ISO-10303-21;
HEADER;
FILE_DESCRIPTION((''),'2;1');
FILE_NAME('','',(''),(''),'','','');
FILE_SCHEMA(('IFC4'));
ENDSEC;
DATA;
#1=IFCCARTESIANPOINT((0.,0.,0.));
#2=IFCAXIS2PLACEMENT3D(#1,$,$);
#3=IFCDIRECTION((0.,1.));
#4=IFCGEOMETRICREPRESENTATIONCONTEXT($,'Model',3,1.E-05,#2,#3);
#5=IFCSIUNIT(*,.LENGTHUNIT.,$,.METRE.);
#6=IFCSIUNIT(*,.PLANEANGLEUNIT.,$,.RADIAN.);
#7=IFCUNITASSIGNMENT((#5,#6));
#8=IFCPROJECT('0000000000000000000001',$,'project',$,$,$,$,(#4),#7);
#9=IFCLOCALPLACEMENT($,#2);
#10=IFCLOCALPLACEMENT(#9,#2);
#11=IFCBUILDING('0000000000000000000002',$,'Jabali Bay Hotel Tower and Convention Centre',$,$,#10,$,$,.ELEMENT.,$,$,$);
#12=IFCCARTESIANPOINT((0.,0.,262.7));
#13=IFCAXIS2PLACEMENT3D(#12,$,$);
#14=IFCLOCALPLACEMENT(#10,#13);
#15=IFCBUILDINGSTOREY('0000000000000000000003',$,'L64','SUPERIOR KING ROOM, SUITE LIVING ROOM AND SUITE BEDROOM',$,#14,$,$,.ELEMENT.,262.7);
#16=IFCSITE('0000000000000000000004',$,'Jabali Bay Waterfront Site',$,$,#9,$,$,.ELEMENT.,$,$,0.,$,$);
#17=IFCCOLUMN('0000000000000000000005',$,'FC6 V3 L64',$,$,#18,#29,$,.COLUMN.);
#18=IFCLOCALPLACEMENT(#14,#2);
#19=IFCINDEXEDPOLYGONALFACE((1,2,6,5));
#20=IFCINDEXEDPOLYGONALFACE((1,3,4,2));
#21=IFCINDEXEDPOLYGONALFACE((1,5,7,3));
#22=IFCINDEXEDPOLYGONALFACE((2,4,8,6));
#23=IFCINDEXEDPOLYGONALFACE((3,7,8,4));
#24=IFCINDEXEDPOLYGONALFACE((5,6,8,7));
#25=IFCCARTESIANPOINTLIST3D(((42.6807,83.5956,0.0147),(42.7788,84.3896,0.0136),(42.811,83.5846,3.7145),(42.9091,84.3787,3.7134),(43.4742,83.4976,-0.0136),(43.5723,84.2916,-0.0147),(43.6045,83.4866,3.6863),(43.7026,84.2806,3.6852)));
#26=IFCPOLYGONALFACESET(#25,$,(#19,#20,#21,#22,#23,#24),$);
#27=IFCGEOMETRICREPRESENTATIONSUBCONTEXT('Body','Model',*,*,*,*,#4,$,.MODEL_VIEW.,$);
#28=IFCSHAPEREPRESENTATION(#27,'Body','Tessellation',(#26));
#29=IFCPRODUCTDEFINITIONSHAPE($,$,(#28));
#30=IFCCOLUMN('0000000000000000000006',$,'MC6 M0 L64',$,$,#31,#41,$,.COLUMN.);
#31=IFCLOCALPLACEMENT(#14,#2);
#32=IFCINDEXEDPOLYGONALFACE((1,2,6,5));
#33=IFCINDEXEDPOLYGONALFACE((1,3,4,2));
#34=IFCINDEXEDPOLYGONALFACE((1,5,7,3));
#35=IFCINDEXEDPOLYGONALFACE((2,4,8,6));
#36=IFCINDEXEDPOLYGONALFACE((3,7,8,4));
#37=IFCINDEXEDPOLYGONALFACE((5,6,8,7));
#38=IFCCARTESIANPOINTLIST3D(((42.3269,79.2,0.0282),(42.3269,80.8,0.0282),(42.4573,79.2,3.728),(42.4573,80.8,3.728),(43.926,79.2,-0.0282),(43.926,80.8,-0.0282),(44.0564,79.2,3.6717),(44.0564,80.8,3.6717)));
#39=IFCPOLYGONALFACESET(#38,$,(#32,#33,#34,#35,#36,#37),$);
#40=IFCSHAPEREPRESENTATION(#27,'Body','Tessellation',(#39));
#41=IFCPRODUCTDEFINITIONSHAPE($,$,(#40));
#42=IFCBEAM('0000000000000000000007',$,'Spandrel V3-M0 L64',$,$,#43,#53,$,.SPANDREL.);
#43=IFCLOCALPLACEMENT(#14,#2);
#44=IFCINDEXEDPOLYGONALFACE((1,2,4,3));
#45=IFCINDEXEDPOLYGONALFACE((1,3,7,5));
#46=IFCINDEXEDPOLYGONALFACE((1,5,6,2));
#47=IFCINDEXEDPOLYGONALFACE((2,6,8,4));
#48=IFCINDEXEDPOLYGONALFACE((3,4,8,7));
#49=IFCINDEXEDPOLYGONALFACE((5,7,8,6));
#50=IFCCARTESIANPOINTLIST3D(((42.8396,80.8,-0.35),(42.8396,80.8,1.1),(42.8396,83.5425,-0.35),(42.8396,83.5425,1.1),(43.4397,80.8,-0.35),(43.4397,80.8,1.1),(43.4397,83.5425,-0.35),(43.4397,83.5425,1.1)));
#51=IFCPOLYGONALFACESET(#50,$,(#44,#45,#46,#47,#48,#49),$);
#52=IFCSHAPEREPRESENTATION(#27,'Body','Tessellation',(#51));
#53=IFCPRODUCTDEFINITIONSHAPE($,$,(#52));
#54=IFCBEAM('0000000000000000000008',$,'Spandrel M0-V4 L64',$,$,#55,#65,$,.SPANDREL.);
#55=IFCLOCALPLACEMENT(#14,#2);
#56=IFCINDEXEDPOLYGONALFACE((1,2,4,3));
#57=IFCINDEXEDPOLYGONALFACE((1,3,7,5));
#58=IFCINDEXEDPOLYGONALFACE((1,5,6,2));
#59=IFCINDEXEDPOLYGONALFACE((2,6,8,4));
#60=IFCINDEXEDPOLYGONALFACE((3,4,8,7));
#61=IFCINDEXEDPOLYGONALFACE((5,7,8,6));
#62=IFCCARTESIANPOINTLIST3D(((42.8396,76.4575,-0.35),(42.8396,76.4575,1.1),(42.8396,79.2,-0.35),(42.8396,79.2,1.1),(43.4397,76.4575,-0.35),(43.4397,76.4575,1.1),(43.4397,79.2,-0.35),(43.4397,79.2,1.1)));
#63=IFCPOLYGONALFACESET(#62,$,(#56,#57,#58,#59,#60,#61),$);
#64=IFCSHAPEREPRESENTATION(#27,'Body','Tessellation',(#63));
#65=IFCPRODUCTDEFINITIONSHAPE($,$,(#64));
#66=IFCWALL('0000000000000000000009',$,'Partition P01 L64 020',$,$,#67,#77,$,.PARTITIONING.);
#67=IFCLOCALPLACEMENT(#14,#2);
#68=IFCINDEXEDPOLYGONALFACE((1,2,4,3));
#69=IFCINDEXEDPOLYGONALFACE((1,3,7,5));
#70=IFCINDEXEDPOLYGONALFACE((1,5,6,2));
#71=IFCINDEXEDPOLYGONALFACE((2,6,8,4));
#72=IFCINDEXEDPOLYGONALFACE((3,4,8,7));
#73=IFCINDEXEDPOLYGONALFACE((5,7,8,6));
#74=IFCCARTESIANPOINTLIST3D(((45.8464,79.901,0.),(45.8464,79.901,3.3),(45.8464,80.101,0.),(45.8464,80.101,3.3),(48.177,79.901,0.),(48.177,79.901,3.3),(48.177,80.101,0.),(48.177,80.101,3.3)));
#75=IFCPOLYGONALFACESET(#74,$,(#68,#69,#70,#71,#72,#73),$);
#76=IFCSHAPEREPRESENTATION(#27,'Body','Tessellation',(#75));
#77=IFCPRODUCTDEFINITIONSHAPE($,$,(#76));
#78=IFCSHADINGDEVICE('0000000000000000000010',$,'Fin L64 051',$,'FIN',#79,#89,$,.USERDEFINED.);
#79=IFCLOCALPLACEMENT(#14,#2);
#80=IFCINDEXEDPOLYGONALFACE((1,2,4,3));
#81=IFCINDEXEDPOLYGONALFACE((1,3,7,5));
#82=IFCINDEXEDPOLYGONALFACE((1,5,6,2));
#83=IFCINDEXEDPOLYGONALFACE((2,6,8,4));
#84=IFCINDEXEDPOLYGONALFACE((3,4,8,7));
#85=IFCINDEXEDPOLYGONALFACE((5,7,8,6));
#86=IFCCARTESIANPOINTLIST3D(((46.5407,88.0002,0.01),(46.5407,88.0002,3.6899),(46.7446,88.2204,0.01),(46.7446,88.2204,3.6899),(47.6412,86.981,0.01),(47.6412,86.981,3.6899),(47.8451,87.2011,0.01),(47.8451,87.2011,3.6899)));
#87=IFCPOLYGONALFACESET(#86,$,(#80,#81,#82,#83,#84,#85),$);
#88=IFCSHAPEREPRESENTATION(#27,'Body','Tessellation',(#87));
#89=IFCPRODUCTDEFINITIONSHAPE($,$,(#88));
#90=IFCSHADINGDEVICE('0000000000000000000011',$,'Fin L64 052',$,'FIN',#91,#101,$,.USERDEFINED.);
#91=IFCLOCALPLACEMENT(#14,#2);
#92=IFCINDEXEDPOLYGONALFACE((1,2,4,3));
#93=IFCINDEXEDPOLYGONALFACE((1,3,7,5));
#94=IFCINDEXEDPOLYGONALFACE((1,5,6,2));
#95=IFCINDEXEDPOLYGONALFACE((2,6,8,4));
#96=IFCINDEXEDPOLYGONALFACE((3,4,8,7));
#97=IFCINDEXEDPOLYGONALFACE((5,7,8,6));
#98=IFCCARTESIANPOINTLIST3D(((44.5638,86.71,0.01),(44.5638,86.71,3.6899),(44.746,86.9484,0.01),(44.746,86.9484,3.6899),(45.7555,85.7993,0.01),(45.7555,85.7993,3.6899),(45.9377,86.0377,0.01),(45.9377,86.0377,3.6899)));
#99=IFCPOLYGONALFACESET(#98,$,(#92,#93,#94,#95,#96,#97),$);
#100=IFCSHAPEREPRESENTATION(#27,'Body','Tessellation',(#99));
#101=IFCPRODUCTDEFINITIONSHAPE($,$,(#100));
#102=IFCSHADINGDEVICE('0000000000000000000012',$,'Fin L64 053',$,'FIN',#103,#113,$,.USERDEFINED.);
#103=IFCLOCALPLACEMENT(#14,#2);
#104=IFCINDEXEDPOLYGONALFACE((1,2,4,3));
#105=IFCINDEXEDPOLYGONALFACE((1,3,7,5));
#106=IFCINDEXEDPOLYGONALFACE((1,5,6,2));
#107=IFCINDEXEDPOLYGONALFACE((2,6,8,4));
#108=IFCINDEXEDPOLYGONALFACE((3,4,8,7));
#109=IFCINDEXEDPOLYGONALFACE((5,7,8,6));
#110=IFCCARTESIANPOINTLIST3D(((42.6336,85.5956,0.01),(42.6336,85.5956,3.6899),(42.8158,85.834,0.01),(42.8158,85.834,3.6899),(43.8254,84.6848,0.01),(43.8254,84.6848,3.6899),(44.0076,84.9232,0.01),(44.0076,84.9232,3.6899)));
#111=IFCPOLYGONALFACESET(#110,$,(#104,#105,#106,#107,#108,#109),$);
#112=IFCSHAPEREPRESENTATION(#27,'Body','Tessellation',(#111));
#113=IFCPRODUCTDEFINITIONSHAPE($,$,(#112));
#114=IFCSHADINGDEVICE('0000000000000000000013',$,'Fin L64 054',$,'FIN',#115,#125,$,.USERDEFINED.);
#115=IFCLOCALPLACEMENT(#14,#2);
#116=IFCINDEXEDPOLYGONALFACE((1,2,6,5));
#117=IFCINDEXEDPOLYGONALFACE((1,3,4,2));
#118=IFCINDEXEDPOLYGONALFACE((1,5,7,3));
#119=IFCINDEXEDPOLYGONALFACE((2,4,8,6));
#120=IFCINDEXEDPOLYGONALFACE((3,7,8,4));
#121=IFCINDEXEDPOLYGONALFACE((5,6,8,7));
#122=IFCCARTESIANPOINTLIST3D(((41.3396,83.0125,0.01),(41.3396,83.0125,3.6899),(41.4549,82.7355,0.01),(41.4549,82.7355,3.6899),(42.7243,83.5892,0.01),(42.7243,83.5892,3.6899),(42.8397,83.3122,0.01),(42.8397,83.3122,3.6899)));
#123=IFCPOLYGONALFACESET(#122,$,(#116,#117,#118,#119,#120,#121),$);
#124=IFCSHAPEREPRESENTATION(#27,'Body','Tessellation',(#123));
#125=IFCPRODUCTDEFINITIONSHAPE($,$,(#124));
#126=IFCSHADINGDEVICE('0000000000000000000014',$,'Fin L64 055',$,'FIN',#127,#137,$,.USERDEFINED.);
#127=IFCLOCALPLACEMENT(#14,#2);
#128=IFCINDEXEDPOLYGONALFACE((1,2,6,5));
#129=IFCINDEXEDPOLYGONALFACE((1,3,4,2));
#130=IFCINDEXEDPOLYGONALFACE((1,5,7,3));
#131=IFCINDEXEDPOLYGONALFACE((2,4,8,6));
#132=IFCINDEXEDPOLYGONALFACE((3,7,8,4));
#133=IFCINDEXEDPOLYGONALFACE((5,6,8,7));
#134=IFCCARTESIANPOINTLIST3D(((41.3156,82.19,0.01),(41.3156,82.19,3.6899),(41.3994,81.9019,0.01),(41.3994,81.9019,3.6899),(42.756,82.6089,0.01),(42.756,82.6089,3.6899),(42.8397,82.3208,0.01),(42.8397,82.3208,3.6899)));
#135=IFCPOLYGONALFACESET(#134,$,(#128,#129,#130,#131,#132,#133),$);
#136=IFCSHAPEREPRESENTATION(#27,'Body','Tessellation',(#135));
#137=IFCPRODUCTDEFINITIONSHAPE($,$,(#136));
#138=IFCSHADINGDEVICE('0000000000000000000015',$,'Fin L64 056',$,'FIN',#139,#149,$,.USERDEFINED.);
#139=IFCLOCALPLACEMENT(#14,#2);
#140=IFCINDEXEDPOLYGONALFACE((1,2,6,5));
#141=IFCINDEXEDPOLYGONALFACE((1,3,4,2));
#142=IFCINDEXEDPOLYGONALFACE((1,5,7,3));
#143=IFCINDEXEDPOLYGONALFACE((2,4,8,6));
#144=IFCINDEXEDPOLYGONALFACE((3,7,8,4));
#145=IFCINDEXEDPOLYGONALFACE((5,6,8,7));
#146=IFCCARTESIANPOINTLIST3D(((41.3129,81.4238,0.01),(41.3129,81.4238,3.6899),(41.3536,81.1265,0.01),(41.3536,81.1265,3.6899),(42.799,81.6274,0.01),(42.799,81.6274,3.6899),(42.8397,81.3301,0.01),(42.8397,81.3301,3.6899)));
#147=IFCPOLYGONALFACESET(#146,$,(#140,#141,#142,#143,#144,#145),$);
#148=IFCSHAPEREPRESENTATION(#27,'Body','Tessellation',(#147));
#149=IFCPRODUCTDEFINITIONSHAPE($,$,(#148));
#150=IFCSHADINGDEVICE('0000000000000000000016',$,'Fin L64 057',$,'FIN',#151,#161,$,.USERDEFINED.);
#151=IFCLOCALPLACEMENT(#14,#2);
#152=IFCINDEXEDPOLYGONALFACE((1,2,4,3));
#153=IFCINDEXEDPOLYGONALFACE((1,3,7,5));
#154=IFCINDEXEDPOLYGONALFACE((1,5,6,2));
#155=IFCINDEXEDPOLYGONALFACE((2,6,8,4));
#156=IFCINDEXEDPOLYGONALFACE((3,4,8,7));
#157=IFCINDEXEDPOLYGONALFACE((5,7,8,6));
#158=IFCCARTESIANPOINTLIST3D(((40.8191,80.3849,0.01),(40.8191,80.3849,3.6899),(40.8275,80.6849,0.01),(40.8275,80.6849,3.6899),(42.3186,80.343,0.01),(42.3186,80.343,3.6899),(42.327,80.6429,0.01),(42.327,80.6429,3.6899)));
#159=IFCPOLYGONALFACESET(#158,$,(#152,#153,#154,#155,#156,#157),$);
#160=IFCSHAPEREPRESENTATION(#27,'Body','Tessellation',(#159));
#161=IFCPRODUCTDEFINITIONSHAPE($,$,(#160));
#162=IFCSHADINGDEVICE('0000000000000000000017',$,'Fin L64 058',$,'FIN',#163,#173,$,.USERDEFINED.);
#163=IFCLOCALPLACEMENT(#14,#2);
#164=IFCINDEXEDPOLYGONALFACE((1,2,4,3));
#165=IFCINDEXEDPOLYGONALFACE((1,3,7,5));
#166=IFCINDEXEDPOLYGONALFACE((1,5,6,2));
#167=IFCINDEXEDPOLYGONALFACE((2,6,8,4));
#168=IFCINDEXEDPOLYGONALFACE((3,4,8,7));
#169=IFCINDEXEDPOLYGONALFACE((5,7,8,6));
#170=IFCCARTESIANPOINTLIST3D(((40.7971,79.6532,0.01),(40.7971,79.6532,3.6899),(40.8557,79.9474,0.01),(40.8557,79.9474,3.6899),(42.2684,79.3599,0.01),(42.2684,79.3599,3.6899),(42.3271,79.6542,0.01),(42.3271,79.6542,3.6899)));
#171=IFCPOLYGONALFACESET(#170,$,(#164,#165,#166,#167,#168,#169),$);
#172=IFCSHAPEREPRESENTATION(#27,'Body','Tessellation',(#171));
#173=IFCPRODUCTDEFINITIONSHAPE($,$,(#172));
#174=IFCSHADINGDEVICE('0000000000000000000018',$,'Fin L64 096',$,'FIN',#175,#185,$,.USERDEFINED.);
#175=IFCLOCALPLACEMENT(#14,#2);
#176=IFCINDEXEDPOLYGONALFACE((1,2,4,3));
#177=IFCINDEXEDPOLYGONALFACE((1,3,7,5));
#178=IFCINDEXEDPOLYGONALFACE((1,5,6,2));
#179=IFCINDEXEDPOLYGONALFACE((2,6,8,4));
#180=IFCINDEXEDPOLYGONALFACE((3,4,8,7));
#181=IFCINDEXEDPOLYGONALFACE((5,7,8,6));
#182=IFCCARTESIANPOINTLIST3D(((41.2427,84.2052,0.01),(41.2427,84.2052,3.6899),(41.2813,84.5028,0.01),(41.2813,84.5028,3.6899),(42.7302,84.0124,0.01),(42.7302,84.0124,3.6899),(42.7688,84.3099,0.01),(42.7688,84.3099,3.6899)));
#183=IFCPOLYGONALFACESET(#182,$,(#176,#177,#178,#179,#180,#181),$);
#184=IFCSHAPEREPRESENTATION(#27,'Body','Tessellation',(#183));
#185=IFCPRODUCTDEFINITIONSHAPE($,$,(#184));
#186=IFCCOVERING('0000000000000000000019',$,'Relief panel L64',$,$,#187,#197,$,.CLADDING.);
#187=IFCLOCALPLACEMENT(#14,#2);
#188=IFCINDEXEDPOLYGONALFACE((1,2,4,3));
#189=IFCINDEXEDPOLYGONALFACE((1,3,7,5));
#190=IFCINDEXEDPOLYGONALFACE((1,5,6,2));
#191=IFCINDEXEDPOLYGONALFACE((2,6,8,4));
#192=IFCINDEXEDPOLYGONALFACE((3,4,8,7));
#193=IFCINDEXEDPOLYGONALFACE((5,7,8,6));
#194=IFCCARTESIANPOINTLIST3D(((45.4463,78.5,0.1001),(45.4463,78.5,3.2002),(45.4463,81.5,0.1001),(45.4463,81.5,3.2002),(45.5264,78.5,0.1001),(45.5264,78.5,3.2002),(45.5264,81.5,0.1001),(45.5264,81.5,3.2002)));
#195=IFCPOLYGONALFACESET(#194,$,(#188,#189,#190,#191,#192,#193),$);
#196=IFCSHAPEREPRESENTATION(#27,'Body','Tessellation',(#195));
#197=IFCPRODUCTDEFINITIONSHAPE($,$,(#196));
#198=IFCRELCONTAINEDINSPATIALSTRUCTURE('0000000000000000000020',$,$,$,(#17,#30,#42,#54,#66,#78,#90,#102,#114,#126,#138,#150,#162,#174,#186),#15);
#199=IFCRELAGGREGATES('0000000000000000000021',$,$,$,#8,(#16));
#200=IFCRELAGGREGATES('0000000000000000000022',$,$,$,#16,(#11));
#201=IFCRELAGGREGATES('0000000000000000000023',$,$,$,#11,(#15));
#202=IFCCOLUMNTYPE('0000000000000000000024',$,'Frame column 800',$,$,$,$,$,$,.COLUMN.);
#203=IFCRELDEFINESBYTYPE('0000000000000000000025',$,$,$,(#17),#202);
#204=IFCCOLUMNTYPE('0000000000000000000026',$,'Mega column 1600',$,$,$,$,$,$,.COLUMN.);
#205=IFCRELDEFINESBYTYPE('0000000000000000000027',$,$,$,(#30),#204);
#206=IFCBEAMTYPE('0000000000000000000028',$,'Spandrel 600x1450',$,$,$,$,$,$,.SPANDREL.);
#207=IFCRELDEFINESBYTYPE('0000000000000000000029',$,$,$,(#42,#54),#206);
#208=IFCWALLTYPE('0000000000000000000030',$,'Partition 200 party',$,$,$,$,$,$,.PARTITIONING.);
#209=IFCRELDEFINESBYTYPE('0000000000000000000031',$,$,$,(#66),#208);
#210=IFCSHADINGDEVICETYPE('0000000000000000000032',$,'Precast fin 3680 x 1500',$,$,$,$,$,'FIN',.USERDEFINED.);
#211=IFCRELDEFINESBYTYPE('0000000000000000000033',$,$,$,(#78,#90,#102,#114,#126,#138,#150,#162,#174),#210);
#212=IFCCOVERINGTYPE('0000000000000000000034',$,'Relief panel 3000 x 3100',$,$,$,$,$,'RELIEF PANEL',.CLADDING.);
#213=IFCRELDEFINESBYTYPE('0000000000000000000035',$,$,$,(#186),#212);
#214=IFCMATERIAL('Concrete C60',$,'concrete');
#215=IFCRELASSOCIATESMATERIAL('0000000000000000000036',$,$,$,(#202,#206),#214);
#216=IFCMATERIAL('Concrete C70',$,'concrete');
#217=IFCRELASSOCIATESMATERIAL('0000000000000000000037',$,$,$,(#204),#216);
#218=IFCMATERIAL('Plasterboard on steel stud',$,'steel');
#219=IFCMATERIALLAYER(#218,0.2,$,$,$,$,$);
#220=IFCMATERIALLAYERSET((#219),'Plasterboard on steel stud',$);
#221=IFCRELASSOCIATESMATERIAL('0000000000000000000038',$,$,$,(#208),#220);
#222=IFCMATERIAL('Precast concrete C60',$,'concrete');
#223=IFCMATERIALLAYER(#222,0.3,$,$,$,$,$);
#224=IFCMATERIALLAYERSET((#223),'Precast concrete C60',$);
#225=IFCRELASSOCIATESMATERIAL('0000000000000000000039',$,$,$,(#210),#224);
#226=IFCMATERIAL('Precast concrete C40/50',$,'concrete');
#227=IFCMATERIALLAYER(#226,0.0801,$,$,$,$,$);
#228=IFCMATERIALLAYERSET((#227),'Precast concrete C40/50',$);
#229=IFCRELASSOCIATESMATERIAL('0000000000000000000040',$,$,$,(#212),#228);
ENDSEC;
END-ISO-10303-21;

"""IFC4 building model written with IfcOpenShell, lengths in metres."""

from ifc_helpers import new_model, si_unit, direction, frame, frame_2d, origin, origin_2d, place, context, subcontext, project, spatial, rectangle, extrude, material, layer, layer_set, material_profile, profile_set, type_object, element, save


model = new_model("IFC4")

# Units and contexts
model_context = context("Model", 3, precision=1e-05, world=origin(), true_north=direction((0.0, 1.0)))
body_context = subcontext(model_context, "Body", "Model", "MODEL_VIEW")
ifc_project = project(units=[si_unit("LENGTHUNIT", "METRE"), si_unit("PLANEANGLEUNIT", "RADIAN")], contexts=[model_context])

# Site, building, storey
site_placement = place(None, origin())
site = spatial("IfcSite", under=ifc_project, at=site_placement, Name="Jabali Bay Waterfront Site", CompositionType="ELEMENT", RefElevation=0.0)
building_placement = place(site_placement, origin())
building = spatial("IfcBuilding", under=site, at=building_placement, Name="Jabali Bay Hotel Tower and Convention Centre", CompositionType="ELEMENT")
storey_placement = place(building_placement, frame((0.0, 0.0, 262.7)))
storey = spatial("IfcBuildingStorey", under=building, at=storey_placement, Name="L64", Description="SUPERIOR KING ROOM, SUITE LIVING ROOM AND SUITE BEDROOM", CompositionType="ELEMENT", Elevation=262.7)

# Columns
ifc_material_1 = material(Name="Concrete C60", Category="concrete")
ifc_material_profile_1 = material_profile(ifc_material_1, rectangle(XDim=0.8, YDim=0.8, at=origin_2d()), Name="Frame column 800")
ifc_profile_set_1 = profile_set([ifc_material_profile_1], Name="Concrete C60")
column_type_1 = type_object("IfcColumnType", Name="Frame column 800", PredefinedType="COLUMN", material=ifc_profile_set_1)
column_1_placement = place(storey_placement, frame((43.1265, 83.9436, 0.0), z_axis=(0.035214, -0.002967, 0.999375), x_axis=(-0.99183, 0.122582, 0.035312)))
element("IfcColumn", 1, at=column_1_placement, inside=storey, type_object=column_type_1, Name="FC6 V3 L64", PredefinedType="COLUMN", context=body_context, shape_type="SweptSolid", body=[
    extrude(rectangle(XDim=0.8, YDim=0.8, at=origin_2d()), origin(), (0.0, 0.0, 1.0), 3.7021),
])
ifc_material_2 = material(Name="Concrete C70", Category="concrete")
ifc_material_profile_2 = material_profile(ifc_material_2, rectangle(XDim=1.6001, YDim=1.6001, at=origin_2d()), Name="Mega column 1600")
ifc_profile_set_2 = profile_set([ifc_material_profile_2], Name="Concrete C70")
column_type_2 = type_object("IfcColumnType", Name="Mega column 1600", PredefinedType="COLUMN", material=ifc_profile_set_2)
column_2_placement = place(storey_placement, frame((43.1265, 80.0, 0.0), z_axis=(0.035214, 0.0, 0.99938), x_axis=(0.0, 1.0, 0.0)))
element("IfcColumn", 2, at=column_2_placement, inside=storey, type_object=column_type_2, Name="MC6 M0 L64", PredefinedType="COLUMN", context=body_context, shape_type="SweptSolid", body=[
    extrude(rectangle(XDim=1.6001, YDim=1.6001, at=origin_2d()), origin(), (0.0, 0.0, 1.0), 3.7021),
])

# Beams
ifc_material_profile_3 = material_profile(ifc_material_1, rectangle(XDim=0.6001, YDim=1.45, at=origin_2d()), Name="Spandrel 600x1450")
ifc_profile_set_3 = profile_set([ifc_material_profile_3], Name="Concrete C60")
beam_type = type_object("IfcBeamType", Name="Spandrel 600x1450", PredefinedType="SPANDREL", material=ifc_profile_set_3)
for number, where, z_axis, x_axis, name in (
    (3, (43.1396, 83.5425, 0.375), (0.0, -1.0, 0.0), (1.0, 0.0, 0.0), "Spandrel V3-M0 L64"),
    (4, (43.1396, 79.2, 0.375), (0.0, -1.0, 0.0), (1.0, 0.0, 0.0), "Spandrel M0-V4 L64"),
):
    element("IfcBeam", number, at=place(storey_placement, frame(where, z_axis=z_axis, x_axis=x_axis)), inside=storey, type_object=beam_type, Name=name, PredefinedType="SPANDREL", context=body_context, shape_type="SweptSolid", body=[
        extrude(rectangle(XDim=0.6001, YDim=1.45, at=origin_2d()), origin(), (0.0, 0.0, 1.0), 2.7424),
    ])

# Wall
ifc_material_3 = material(Name="Plasterboard on steel stud", Category="steel")
ifc_layer_1 = layer(ifc_material_3, 0.2)
ifc_layer_set_1 = layer_set([ifc_layer_1], Name="Plasterboard on steel stud")
wall_type_1 = type_object("IfcWallType", Name="Partition 200 party", PredefinedType="PARTITIONING", material=ifc_layer_set_1)
wall_1_placement = place(storey_placement, frame((45.8464, 80.001, 0.0), z_axis=(0.0, 0.0, 1.0), x_axis=(1.0, 0.0, 0.0)))
element("IfcWall", 5, at=wall_1_placement, inside=storey, type_object=wall_type_1, Name="Partition P01 L64 020", PredefinedType="PARTITIONING", context=body_context, shape_type="SweptSolid", body=[
    extrude(rectangle(XDim=2.3306, YDim=0.2, at=frame_2d((1.1653, 0.0))), origin(), (0.0, 0.0, 1.0), 3.3),
])

# Shading devices
ifc_material_4 = material(Name="Precast concrete C60", Category="concrete")
ifc_layer_2 = layer(ifc_material_4, 0.3)
ifc_layer_set_2 = layer_set([ifc_layer_2], Name="Precast concrete C60")
shading_device_type = type_object("IfcShadingDeviceType", Name="Precast fin 3680 x 1500", ElementType="FIN", PredefinedType="USERDEFINED", material=ifc_layer_set_2)
shading_device_1_placement = place(storey_placement, frame((47.7432, 87.0911, 0.01), z_axis=(0.0, 0.0, 1.0), x_axis=(-0.733686, 0.679489, 0.0)))
element("IfcShadingDevice", 6, at=shading_device_1_placement, inside=storey, type_object=shading_device_type, Name="Fin L64 051", ObjectType="FIN", PredefinedType="USERDEFINED", context=body_context, shape_type="SweptSolid", body=[
    extrude(rectangle(XDim=1.5, YDim=0.3, at=frame_2d((0.75, 0.0))), origin(), (0.0, 0.0, 1.0), 3.6799),
])
shading_device_2_placement = place(storey_placement, frame((45.8467, 85.9185, 0.01), z_axis=(0.0, 0.0, 1.0), x_axis=(-0.794556, 0.60719, 0.0)))
element("IfcShadingDevice", 7, at=shading_device_2_placement, inside=storey, type_object=shading_device_type, Name="Fin L64 052", ObjectType="FIN", PredefinedType="USERDEFINED", context=body_context, shape_type="SweptSolid", body=[
    extrude(rectangle(XDim=1.4998, YDim=0.3, at=frame_2d((0.75, 0.0))), origin(), (0.0, 0.0, 1.0), 3.6799),
])
for number, where, z_axis, x_axis, name in (
    (8, (43.9165, 84.804, 0.01), (0.0, 0.0, 1.0), (-0.794538, 0.607214, 0.0), "Fin L64 053"),
    (9, (42.782, 83.4507, 0.01), (0.0, 0.0, 1.0), (-0.923154, -0.38443, 0.0), "Fin L64 054"),
    (10, (42.7979, 82.4648, 0.01), (0.0, 0.0, 1.0), (-0.960211, -0.279275, 0.0), "Fin L64 055"),
    (11, (42.8193, 81.4788, 0.01), (0.0, 0.0, 1.0), (-0.990744, -0.135745, 0.0), "Fin L64 056"),
    (12, (42.3228, 80.4929, 0.01), (0.0, 0.0, 1.0), (-0.999608, 0.027993, 0.0), "Fin L64 057"),
):
    element("IfcShadingDevice", number, at=place(storey_placement, frame(where, z_axis=z_axis, x_axis=x_axis)), inside=storey, type_object=shading_device_type, Name=name, ObjectType="FIN", PredefinedType="USERDEFINED", context=body_context, shape_type="SweptSolid", body=[
        extrude(rectangle(XDim=1.5, YDim=0.3, at=frame_2d((0.75, 0.0))), origin(), (0.0, 0.0, 1.0), 3.6799),
    ])
shading_device_3_placement = place(storey_placement, frame((42.2976, 79.5071, 0.01), z_axis=(0.0, 0.0, 1.0), x_axis=(-0.980712, 0.195459, 0.0)))
element("IfcShadingDevice", 13, at=shading_device_3_placement, inside=storey, type_object=shading_device_type, Name="Fin L64 058", ObjectType="FIN", PredefinedType="USERDEFINED", context=body_context, shape_type="SweptSolid", body=[
    extrude(rectangle(XDim=1.5002, YDim=0.3, at=frame_2d((0.75, 0.0))), origin(), (0.0, 0.0, 1.0), 3.6799),
])
shading_device_4_placement = place(storey_placement, frame((42.7495, 84.1611, 0.01), z_axis=(0.0, 0.0, 1.0), x_axis=(-0.991699, 0.128581, 0.0)))
element("IfcShadingDevice", 14, at=shading_device_4_placement, inside=storey, type_object=shading_device_type, Name="Fin L64 096", ObjectType="FIN", PredefinedType="USERDEFINED", context=body_context, shape_type="SweptSolid", body=[
    extrude(rectangle(XDim=1.5, YDim=0.3, at=frame_2d((0.75, 0.0))), origin(), (0.0, 0.0, 1.0), 3.6799),
])

# Covering
ifc_material_5 = material(Name="Precast concrete C40/50", Category="concrete")
ifc_layer_3 = layer(ifc_material_5, 0.0801)
ifc_layer_set_3 = layer_set([ifc_layer_3], Name="Precast concrete C40/50")
covering_type = type_object("IfcCoveringType", Name="Relief panel 3000 x 3100", ElementType="RELIEF PANEL", PredefinedType="CLADDING", material=ifc_layer_set_3)
covering_placement = place(storey_placement, frame((45.4863, 80.0, 0.1001), z_axis=(0.0, 0.0, 1.0), x_axis=(0.0, 1.0, 0.0)))
element("IfcCovering", 15, at=covering_placement, inside=storey, type_object=covering_type, Name="Relief panel L64", PredefinedType="CLADDING", context=body_context, shape_type="SweptSolid", body=[
    extrude(rectangle(XDim=3.0, YDim=0.0801, at=origin_2d()), origin(), (0.0, 0.0, 1.0), 3.1001),
])

save(model, "model.ifc")
